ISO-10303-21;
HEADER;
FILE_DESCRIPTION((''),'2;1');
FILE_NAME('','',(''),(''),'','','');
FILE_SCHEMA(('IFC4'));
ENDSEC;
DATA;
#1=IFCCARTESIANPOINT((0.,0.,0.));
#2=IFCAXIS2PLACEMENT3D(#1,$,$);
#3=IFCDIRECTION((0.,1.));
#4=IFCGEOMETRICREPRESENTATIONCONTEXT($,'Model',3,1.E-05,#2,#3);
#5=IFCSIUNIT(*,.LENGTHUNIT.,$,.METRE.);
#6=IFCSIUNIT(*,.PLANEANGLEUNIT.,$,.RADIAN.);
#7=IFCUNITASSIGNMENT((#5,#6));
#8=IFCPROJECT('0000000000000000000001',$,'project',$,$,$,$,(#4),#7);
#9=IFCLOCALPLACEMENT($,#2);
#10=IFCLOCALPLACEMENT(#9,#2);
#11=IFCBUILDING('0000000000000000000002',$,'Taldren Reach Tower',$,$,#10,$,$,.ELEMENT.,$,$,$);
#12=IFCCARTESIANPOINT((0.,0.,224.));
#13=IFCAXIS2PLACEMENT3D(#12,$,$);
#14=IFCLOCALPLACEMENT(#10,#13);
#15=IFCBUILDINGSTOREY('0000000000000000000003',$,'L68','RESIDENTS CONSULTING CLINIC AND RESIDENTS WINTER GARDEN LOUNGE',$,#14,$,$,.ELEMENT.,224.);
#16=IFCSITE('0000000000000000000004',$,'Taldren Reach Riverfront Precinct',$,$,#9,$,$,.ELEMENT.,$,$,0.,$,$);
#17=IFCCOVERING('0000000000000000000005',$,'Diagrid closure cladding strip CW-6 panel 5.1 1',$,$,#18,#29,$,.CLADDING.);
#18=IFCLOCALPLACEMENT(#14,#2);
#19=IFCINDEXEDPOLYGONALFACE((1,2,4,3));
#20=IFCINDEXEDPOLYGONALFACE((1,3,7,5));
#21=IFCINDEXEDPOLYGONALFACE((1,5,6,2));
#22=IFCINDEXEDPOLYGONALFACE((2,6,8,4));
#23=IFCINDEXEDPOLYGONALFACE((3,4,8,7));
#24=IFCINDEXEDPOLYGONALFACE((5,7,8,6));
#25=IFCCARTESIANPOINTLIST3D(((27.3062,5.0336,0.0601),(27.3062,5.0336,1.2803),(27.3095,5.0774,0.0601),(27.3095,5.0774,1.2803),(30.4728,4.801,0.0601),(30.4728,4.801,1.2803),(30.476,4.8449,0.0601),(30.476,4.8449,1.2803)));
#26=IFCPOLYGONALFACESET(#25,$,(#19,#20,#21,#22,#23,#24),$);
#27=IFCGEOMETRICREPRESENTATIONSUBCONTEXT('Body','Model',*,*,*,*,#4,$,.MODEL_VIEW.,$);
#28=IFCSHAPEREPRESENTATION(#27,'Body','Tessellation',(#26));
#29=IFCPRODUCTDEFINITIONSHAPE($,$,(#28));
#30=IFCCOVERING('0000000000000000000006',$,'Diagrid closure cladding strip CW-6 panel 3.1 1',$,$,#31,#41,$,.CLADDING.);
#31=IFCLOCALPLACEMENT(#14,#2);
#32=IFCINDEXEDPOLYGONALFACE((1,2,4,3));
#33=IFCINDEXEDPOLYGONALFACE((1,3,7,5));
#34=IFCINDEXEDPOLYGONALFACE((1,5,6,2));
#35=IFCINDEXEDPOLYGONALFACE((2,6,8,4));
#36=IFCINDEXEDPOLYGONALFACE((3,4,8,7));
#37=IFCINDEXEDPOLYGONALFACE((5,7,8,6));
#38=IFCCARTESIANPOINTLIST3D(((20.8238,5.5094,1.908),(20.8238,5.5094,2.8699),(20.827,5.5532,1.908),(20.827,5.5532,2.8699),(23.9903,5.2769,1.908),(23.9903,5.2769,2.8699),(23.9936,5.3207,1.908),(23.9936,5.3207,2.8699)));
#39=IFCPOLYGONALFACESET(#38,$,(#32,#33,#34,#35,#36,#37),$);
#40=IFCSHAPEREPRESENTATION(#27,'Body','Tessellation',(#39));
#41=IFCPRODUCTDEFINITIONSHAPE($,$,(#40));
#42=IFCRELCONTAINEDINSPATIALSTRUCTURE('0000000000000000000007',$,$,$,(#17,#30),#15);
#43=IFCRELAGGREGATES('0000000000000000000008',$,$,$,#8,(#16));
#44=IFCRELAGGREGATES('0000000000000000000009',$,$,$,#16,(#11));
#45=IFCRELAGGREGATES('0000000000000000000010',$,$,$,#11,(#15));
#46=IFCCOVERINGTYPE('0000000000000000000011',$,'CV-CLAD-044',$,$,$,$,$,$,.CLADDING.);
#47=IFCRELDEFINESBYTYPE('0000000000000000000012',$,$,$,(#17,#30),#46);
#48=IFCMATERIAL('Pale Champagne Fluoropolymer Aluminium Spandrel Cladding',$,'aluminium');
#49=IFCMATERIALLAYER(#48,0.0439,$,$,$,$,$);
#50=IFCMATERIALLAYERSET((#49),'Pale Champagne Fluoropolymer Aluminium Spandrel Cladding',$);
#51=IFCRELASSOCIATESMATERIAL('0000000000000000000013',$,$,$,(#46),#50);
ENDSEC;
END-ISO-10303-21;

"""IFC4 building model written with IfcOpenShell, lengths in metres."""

from ifc_helpers import new_model, si_unit, direction, frame, origin, origin_2d, place, context, subcontext, project, spatial, rectangle, extrude, source, transform, mapped, material, layer, layer_set, type_object, element, save


model = new_model("IFC4")

# Units and contexts
model_context = context("Model", 3, precision=1e-05, world=origin(), true_north=direction((0.0, 1.0)))
body_context = subcontext(model_context, "Body", "Model", "MODEL_VIEW")
ifc_project = project(units=[si_unit("LENGTHUNIT", "METRE"), si_unit("PLANEANGLEUNIT", "RADIAN")], contexts=[model_context])

# Site, building, storey
site_placement = place(None, origin())
site = spatial("IfcSite", under=ifc_project, at=site_placement, Name="Taldren Reach Riverfront Precinct", CompositionType="ELEMENT", RefElevation=0.0)
building_placement = place(site_placement, origin())
building = spatial("IfcBuilding", under=site, at=building_placement, Name="Taldren Reach Tower", CompositionType="ELEMENT")
storey_placement = place(building_placement, frame((0.0, 0.0, 224.0)))
storey = spatial("IfcBuildingStorey", under=building, at=storey_placement, Name="L68", Description="RESIDENTS CONSULTING CLINIC AND RESIDENTS WINTER GARDEN LOUNGE", CompositionType="ELEMENT", Elevation=224.0)

# Coverings
ifc_material_1 = material(Name="Pale Champagne Fluoropolymer Aluminium Spandrel Cladding", Category="aluminium")
ifc_layer_1 = layer(ifc_material_1, 0.0439)
ifc_layer_set_1 = layer_set([ifc_layer_1], Name="Pale Champagne Fluoropolymer Aluminium Spandrel Cladding")
covering_type = type_object("IfcCoveringType", Name="CV-CLAD-044", PredefinedType="CLADDING", material=ifc_layer_set_1)
shared_shape_1 = source(origin(), body_context, "Body", "SweptSolid", [
    extrude(rectangle(XDim=3.175, YDim=0.0439, at=origin_2d()), origin(), (0.0, 0.0, 1.0), 1.2202),
])
covering_1_placement = place(storey_placement, frame((28.8911, 4.9392, 0.0601), z_axis=(0.0, 0.0, 1.0), x_axis=(0.997314, -0.073238, 0.0)))
element("IfcCovering", 1, at=covering_1_placement, inside=storey, type_object=covering_type, Name="Diagrid closure cladding strip CW-6 panel 5.1 1", PredefinedType="CLADDING", context=body_context, shape_type="MappedRepresentation", body=[
    mapped(shared_shape_1, transform((0.0, 0.0, 0.0), scale=1.0)),
])
shared_shape_2 = source(origin(), body_context, "Body", "SweptSolid", [
    extrude(rectangle(XDim=3.175, YDim=0.0439, at=origin_2d()), origin(), (0.0, 0.0, 1.0), 0.9619),
])
covering_2_placement = place(storey_placement, frame((22.4087, 5.415, 1.908), z_axis=(0.0, 0.0, 1.0), x_axis=(0.997314, -0.073238, 0.0)))
element("IfcCovering", 2, at=covering_2_placement, inside=storey, type_object=covering_type, Name="Diagrid closure cladding strip CW-6 panel 3.1 1", PredefinedType="CLADDING", context=body_context, shape_type="MappedRepresentation", body=[
    mapped(shared_shape_2, transform((0.0, 0.0, 0.0), scale=1.0)),
])

save(model, "model.ifc")
